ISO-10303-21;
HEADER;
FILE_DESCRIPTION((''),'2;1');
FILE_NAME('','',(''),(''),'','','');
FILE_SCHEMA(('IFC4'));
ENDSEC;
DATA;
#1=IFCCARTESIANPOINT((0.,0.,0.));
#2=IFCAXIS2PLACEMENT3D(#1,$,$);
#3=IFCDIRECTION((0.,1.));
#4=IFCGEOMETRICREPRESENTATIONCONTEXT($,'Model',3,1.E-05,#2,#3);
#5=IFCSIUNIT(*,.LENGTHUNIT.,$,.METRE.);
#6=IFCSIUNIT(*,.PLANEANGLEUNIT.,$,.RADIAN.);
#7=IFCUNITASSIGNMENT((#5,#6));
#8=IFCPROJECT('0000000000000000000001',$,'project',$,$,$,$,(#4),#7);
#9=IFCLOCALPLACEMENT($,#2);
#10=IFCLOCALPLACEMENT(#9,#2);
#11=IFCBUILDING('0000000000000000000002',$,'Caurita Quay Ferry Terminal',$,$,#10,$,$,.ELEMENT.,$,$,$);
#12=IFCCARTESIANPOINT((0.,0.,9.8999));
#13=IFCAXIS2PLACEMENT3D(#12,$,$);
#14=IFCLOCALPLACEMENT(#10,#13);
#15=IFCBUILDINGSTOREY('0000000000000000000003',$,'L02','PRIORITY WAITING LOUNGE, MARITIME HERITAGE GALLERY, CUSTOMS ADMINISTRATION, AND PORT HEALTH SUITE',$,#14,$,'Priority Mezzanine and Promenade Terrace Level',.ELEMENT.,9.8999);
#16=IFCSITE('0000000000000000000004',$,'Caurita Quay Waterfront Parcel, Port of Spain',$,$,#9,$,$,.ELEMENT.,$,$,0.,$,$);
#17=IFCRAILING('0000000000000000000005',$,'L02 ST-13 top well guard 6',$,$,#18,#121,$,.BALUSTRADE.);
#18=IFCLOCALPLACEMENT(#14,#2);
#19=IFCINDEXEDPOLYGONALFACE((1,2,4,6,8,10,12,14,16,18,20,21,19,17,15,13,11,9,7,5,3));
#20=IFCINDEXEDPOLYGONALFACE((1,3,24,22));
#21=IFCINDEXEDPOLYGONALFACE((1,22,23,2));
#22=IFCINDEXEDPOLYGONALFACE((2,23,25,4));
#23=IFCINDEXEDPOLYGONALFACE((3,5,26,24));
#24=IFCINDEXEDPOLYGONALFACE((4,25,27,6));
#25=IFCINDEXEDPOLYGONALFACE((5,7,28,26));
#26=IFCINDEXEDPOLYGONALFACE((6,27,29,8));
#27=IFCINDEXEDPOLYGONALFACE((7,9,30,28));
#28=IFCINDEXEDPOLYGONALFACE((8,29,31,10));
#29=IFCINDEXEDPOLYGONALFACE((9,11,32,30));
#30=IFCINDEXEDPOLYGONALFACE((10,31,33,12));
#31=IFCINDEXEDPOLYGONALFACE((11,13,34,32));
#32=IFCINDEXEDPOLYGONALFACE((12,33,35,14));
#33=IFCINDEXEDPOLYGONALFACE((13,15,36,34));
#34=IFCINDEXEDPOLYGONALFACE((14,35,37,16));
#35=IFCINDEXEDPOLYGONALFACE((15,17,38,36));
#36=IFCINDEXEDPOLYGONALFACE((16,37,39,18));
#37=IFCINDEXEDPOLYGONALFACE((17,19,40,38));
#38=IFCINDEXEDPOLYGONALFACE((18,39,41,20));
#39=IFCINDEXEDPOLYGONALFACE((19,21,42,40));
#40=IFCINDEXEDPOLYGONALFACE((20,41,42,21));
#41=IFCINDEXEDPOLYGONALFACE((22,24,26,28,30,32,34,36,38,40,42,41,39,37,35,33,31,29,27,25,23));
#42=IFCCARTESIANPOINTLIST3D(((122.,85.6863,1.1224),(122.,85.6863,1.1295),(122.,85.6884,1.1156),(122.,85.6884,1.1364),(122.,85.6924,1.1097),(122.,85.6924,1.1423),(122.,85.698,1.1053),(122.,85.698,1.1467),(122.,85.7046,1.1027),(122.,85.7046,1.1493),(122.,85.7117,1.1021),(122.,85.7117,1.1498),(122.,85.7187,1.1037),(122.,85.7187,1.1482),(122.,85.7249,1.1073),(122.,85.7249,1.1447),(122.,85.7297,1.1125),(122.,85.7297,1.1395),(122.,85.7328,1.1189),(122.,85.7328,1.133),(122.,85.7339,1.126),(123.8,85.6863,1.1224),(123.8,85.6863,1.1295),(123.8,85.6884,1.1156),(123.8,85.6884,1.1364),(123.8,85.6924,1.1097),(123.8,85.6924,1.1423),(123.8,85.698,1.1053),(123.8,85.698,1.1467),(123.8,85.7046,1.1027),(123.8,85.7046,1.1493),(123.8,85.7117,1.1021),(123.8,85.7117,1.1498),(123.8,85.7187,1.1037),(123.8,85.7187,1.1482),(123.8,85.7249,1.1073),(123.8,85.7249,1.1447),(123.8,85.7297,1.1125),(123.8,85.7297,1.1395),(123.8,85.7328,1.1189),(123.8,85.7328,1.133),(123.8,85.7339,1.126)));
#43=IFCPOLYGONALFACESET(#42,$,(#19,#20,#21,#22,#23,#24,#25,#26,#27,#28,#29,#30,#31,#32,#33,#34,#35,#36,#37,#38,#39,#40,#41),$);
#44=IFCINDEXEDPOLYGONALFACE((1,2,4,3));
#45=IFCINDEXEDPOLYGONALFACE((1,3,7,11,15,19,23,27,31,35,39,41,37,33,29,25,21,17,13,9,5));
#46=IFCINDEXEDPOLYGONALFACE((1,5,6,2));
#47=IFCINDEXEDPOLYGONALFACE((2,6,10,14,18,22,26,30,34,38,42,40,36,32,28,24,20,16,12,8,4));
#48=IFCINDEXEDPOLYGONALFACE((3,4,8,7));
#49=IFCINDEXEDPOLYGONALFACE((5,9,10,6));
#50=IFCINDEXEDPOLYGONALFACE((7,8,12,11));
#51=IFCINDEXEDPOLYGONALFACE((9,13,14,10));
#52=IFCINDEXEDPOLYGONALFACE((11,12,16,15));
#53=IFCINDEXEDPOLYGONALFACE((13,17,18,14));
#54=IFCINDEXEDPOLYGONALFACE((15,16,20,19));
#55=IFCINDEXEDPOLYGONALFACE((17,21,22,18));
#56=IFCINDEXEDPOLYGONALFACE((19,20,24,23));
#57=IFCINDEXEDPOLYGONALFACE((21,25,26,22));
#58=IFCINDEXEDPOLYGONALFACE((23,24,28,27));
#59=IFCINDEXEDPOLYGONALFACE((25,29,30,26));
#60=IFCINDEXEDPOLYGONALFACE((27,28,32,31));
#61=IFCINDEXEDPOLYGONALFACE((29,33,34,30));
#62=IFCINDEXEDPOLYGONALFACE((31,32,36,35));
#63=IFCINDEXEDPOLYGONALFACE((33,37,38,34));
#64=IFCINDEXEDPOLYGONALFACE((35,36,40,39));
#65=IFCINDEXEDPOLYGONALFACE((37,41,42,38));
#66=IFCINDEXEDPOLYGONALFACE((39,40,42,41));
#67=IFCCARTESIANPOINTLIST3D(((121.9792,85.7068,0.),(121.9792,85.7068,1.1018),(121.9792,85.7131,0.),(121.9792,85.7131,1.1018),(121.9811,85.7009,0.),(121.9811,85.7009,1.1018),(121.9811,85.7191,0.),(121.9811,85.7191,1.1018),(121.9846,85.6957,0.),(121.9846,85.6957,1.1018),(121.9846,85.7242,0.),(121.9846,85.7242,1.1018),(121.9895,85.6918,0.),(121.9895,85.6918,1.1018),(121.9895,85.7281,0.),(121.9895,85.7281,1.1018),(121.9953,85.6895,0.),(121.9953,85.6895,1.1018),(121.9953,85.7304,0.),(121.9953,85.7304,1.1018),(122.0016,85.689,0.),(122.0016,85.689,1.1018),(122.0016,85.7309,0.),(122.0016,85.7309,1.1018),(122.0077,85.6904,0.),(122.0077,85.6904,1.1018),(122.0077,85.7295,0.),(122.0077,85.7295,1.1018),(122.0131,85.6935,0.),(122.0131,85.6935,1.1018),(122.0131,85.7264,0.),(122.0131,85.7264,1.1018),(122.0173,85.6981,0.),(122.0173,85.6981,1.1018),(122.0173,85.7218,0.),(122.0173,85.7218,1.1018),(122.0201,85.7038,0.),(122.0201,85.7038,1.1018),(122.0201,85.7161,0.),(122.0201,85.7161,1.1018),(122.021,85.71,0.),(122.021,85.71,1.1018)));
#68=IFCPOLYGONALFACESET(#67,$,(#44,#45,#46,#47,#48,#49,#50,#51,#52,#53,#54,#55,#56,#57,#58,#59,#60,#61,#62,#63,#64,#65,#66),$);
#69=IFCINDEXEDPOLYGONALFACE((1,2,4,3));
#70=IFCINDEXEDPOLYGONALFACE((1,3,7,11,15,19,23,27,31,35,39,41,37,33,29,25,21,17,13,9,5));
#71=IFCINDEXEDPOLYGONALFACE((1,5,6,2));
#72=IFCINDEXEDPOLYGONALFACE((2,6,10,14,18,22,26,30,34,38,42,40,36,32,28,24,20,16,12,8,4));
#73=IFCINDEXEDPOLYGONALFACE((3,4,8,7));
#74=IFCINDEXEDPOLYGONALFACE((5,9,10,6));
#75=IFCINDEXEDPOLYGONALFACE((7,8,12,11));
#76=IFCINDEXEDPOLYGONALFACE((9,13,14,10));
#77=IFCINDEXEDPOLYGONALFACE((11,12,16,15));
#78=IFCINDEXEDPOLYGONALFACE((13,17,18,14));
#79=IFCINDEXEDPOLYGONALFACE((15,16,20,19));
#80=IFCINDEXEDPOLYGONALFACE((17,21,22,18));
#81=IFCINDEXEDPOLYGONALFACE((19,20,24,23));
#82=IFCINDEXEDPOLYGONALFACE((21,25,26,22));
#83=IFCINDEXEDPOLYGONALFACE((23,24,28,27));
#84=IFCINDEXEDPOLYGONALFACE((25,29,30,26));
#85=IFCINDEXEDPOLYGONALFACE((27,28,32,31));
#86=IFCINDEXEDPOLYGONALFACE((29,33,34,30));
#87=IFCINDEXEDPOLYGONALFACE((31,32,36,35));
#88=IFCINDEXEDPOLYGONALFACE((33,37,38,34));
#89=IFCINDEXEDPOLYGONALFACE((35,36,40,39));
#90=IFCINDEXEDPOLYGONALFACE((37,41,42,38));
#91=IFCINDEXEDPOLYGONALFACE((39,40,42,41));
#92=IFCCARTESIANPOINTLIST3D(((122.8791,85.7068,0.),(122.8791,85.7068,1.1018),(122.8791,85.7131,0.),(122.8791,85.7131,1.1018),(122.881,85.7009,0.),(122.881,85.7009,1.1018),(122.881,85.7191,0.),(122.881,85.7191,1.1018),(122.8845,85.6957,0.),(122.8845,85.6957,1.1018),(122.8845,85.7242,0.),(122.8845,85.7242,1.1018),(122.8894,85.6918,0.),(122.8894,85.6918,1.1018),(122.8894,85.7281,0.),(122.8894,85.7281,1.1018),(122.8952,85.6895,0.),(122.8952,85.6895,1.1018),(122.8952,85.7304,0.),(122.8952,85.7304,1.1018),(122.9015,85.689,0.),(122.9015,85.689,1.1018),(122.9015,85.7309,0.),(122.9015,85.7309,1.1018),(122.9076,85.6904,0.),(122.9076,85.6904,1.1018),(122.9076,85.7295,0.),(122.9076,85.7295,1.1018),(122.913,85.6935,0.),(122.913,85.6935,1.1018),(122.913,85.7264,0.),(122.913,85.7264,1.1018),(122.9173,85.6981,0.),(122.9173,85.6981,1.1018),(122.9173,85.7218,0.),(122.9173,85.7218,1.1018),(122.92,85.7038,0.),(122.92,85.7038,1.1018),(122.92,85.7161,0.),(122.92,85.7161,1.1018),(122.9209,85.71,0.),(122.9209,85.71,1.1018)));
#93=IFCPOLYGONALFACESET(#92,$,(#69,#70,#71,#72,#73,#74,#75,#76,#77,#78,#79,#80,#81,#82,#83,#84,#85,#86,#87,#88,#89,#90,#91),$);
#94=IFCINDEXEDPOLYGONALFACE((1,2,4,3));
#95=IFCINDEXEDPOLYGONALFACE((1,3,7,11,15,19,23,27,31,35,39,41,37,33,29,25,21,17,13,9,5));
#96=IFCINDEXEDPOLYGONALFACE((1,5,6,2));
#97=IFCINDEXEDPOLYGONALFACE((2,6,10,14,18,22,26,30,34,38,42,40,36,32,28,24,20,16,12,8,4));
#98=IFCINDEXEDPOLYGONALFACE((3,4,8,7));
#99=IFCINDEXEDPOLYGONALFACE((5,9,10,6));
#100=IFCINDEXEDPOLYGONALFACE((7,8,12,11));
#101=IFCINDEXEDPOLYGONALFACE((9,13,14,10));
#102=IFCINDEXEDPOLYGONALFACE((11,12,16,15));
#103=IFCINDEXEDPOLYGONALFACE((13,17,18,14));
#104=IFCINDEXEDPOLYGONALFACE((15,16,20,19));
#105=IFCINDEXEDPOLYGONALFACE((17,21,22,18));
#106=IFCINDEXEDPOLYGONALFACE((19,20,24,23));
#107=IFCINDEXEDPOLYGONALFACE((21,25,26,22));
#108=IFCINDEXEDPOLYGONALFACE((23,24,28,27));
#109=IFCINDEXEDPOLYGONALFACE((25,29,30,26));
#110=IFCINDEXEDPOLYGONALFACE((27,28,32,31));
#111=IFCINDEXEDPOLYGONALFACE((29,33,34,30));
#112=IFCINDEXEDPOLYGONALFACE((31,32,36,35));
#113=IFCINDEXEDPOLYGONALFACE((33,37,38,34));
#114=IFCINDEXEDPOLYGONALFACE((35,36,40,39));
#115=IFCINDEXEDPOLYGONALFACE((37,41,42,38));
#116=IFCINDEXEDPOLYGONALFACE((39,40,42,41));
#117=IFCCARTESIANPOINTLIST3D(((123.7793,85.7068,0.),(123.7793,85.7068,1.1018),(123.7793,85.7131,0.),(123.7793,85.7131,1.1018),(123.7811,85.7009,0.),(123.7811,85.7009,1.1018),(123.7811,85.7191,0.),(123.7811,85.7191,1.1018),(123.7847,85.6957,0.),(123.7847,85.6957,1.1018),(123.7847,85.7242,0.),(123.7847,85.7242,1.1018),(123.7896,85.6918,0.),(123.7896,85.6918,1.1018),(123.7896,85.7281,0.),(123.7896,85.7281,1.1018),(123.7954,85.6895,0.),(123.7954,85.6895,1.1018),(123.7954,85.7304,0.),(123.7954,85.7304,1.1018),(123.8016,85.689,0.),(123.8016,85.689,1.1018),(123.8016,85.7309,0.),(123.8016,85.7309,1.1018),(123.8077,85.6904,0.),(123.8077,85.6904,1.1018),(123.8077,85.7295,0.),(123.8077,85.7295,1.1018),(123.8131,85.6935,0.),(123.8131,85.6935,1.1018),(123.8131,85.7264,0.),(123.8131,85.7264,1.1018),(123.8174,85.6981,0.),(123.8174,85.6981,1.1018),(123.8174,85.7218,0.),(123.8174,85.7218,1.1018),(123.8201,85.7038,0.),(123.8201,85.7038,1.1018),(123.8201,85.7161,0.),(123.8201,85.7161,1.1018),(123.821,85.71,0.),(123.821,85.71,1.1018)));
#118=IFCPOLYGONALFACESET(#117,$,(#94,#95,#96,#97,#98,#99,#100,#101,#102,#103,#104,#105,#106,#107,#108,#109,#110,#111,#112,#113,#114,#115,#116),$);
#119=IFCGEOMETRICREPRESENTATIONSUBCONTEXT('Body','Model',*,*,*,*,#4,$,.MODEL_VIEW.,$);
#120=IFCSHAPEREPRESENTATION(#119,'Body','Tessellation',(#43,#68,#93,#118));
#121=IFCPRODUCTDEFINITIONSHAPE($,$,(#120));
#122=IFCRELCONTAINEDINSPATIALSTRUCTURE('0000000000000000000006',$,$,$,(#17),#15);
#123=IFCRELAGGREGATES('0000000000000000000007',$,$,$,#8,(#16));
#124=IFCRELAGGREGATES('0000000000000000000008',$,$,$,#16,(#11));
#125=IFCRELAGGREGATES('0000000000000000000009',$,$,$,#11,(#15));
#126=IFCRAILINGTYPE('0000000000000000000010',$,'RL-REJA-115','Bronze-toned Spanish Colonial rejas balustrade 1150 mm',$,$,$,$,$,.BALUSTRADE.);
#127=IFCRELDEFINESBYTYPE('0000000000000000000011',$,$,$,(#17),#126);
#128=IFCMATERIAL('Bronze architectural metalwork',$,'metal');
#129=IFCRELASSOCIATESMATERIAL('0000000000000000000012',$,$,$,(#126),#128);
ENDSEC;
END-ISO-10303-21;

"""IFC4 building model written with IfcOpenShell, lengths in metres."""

from ifc_helpers import new_model, si_unit, direction, frame, origin, origin_2d, place, context, subcontext, project, spatial, circle, extrude, material, type_object, element, save


model = new_model("IFC4")

# Units and contexts
model_context = context("Model", 3, precision=1e-05, world=origin(), true_north=direction((0.0, 1.0)))
body_context = subcontext(model_context, "Body", "Model", "MODEL_VIEW")
ifc_project = project(units=[si_unit("LENGTHUNIT", "METRE"), si_unit("PLANEANGLEUNIT", "RADIAN")], contexts=[model_context])

# Site, building, storey
site_placement = place(None, origin())
site = spatial("IfcSite", under=ifc_project, at=site_placement, Name="Caurita Quay Waterfront Parcel, Port of Spain", CompositionType="ELEMENT", RefElevation=0.0)
building_placement = place(site_placement, origin())
building = spatial("IfcBuilding", under=site, at=building_placement, Name="Caurita Quay Ferry Terminal", CompositionType="ELEMENT")
storey_placement = place(building_placement, frame((0.0, 0.0, 9.8999)))
storey = spatial("IfcBuildingStorey", under=building, at=storey_placement, Name="L02", Description="PRIORITY WAITING LOUNGE, MARITIME HERITAGE GALLERY, CUSTOMS ADMINISTRATION, AND PORT HEALTH SUITE", LongName="Priority Mezzanine and Promenade Terrace Level", CompositionType="ELEMENT", Elevation=9.8999)

# Railing
ifc_material_1 = material(Name="Bronze architectural metalwork", Category="metal")
railing_type = type_object("IfcRailingType", Name="RL-REJA-115", Description="Bronze-toned Spanish Colonial rejas balustrade 1150 mm", PredefinedType="BALUSTRADE", material=ifc_material_1)
railing_1_placement = place(storey_placement, frame((122.0, 85.71, 0.0)))
element("IfcRailing", 1, at=railing_1_placement, inside=storey, type_object=railing_type, Name="L02 ST-13 top well guard 6", PredefinedType="BALUSTRADE", context=body_context, shape_type="SweptSolid", body=[
    extrude(circle(Radius=0.0239, at=origin_2d()), frame((0.0, 0.0, 1.126), z_axis=(1.0, 0.0, 0.0), x_axis=(0.0, 1.0, 0.0)), (0.0, 0.0, 1.0), 1.8),
    extrude(circle(Radius=0.021, at=origin_2d()), origin(), (0.0, 0.0, 1.0), 1.1018),
    extrude(circle(Radius=0.021, at=origin_2d()), frame((0.8999, 0.0, 0.0)), (0.0, 0.0, 1.0), 1.1018),
    extrude(circle(Radius=0.021, at=origin_2d()), frame((1.8, 0.0, 0.0)), (0.0, 0.0, 1.0), 1.1018),
])

save(model, "model.ifc")
